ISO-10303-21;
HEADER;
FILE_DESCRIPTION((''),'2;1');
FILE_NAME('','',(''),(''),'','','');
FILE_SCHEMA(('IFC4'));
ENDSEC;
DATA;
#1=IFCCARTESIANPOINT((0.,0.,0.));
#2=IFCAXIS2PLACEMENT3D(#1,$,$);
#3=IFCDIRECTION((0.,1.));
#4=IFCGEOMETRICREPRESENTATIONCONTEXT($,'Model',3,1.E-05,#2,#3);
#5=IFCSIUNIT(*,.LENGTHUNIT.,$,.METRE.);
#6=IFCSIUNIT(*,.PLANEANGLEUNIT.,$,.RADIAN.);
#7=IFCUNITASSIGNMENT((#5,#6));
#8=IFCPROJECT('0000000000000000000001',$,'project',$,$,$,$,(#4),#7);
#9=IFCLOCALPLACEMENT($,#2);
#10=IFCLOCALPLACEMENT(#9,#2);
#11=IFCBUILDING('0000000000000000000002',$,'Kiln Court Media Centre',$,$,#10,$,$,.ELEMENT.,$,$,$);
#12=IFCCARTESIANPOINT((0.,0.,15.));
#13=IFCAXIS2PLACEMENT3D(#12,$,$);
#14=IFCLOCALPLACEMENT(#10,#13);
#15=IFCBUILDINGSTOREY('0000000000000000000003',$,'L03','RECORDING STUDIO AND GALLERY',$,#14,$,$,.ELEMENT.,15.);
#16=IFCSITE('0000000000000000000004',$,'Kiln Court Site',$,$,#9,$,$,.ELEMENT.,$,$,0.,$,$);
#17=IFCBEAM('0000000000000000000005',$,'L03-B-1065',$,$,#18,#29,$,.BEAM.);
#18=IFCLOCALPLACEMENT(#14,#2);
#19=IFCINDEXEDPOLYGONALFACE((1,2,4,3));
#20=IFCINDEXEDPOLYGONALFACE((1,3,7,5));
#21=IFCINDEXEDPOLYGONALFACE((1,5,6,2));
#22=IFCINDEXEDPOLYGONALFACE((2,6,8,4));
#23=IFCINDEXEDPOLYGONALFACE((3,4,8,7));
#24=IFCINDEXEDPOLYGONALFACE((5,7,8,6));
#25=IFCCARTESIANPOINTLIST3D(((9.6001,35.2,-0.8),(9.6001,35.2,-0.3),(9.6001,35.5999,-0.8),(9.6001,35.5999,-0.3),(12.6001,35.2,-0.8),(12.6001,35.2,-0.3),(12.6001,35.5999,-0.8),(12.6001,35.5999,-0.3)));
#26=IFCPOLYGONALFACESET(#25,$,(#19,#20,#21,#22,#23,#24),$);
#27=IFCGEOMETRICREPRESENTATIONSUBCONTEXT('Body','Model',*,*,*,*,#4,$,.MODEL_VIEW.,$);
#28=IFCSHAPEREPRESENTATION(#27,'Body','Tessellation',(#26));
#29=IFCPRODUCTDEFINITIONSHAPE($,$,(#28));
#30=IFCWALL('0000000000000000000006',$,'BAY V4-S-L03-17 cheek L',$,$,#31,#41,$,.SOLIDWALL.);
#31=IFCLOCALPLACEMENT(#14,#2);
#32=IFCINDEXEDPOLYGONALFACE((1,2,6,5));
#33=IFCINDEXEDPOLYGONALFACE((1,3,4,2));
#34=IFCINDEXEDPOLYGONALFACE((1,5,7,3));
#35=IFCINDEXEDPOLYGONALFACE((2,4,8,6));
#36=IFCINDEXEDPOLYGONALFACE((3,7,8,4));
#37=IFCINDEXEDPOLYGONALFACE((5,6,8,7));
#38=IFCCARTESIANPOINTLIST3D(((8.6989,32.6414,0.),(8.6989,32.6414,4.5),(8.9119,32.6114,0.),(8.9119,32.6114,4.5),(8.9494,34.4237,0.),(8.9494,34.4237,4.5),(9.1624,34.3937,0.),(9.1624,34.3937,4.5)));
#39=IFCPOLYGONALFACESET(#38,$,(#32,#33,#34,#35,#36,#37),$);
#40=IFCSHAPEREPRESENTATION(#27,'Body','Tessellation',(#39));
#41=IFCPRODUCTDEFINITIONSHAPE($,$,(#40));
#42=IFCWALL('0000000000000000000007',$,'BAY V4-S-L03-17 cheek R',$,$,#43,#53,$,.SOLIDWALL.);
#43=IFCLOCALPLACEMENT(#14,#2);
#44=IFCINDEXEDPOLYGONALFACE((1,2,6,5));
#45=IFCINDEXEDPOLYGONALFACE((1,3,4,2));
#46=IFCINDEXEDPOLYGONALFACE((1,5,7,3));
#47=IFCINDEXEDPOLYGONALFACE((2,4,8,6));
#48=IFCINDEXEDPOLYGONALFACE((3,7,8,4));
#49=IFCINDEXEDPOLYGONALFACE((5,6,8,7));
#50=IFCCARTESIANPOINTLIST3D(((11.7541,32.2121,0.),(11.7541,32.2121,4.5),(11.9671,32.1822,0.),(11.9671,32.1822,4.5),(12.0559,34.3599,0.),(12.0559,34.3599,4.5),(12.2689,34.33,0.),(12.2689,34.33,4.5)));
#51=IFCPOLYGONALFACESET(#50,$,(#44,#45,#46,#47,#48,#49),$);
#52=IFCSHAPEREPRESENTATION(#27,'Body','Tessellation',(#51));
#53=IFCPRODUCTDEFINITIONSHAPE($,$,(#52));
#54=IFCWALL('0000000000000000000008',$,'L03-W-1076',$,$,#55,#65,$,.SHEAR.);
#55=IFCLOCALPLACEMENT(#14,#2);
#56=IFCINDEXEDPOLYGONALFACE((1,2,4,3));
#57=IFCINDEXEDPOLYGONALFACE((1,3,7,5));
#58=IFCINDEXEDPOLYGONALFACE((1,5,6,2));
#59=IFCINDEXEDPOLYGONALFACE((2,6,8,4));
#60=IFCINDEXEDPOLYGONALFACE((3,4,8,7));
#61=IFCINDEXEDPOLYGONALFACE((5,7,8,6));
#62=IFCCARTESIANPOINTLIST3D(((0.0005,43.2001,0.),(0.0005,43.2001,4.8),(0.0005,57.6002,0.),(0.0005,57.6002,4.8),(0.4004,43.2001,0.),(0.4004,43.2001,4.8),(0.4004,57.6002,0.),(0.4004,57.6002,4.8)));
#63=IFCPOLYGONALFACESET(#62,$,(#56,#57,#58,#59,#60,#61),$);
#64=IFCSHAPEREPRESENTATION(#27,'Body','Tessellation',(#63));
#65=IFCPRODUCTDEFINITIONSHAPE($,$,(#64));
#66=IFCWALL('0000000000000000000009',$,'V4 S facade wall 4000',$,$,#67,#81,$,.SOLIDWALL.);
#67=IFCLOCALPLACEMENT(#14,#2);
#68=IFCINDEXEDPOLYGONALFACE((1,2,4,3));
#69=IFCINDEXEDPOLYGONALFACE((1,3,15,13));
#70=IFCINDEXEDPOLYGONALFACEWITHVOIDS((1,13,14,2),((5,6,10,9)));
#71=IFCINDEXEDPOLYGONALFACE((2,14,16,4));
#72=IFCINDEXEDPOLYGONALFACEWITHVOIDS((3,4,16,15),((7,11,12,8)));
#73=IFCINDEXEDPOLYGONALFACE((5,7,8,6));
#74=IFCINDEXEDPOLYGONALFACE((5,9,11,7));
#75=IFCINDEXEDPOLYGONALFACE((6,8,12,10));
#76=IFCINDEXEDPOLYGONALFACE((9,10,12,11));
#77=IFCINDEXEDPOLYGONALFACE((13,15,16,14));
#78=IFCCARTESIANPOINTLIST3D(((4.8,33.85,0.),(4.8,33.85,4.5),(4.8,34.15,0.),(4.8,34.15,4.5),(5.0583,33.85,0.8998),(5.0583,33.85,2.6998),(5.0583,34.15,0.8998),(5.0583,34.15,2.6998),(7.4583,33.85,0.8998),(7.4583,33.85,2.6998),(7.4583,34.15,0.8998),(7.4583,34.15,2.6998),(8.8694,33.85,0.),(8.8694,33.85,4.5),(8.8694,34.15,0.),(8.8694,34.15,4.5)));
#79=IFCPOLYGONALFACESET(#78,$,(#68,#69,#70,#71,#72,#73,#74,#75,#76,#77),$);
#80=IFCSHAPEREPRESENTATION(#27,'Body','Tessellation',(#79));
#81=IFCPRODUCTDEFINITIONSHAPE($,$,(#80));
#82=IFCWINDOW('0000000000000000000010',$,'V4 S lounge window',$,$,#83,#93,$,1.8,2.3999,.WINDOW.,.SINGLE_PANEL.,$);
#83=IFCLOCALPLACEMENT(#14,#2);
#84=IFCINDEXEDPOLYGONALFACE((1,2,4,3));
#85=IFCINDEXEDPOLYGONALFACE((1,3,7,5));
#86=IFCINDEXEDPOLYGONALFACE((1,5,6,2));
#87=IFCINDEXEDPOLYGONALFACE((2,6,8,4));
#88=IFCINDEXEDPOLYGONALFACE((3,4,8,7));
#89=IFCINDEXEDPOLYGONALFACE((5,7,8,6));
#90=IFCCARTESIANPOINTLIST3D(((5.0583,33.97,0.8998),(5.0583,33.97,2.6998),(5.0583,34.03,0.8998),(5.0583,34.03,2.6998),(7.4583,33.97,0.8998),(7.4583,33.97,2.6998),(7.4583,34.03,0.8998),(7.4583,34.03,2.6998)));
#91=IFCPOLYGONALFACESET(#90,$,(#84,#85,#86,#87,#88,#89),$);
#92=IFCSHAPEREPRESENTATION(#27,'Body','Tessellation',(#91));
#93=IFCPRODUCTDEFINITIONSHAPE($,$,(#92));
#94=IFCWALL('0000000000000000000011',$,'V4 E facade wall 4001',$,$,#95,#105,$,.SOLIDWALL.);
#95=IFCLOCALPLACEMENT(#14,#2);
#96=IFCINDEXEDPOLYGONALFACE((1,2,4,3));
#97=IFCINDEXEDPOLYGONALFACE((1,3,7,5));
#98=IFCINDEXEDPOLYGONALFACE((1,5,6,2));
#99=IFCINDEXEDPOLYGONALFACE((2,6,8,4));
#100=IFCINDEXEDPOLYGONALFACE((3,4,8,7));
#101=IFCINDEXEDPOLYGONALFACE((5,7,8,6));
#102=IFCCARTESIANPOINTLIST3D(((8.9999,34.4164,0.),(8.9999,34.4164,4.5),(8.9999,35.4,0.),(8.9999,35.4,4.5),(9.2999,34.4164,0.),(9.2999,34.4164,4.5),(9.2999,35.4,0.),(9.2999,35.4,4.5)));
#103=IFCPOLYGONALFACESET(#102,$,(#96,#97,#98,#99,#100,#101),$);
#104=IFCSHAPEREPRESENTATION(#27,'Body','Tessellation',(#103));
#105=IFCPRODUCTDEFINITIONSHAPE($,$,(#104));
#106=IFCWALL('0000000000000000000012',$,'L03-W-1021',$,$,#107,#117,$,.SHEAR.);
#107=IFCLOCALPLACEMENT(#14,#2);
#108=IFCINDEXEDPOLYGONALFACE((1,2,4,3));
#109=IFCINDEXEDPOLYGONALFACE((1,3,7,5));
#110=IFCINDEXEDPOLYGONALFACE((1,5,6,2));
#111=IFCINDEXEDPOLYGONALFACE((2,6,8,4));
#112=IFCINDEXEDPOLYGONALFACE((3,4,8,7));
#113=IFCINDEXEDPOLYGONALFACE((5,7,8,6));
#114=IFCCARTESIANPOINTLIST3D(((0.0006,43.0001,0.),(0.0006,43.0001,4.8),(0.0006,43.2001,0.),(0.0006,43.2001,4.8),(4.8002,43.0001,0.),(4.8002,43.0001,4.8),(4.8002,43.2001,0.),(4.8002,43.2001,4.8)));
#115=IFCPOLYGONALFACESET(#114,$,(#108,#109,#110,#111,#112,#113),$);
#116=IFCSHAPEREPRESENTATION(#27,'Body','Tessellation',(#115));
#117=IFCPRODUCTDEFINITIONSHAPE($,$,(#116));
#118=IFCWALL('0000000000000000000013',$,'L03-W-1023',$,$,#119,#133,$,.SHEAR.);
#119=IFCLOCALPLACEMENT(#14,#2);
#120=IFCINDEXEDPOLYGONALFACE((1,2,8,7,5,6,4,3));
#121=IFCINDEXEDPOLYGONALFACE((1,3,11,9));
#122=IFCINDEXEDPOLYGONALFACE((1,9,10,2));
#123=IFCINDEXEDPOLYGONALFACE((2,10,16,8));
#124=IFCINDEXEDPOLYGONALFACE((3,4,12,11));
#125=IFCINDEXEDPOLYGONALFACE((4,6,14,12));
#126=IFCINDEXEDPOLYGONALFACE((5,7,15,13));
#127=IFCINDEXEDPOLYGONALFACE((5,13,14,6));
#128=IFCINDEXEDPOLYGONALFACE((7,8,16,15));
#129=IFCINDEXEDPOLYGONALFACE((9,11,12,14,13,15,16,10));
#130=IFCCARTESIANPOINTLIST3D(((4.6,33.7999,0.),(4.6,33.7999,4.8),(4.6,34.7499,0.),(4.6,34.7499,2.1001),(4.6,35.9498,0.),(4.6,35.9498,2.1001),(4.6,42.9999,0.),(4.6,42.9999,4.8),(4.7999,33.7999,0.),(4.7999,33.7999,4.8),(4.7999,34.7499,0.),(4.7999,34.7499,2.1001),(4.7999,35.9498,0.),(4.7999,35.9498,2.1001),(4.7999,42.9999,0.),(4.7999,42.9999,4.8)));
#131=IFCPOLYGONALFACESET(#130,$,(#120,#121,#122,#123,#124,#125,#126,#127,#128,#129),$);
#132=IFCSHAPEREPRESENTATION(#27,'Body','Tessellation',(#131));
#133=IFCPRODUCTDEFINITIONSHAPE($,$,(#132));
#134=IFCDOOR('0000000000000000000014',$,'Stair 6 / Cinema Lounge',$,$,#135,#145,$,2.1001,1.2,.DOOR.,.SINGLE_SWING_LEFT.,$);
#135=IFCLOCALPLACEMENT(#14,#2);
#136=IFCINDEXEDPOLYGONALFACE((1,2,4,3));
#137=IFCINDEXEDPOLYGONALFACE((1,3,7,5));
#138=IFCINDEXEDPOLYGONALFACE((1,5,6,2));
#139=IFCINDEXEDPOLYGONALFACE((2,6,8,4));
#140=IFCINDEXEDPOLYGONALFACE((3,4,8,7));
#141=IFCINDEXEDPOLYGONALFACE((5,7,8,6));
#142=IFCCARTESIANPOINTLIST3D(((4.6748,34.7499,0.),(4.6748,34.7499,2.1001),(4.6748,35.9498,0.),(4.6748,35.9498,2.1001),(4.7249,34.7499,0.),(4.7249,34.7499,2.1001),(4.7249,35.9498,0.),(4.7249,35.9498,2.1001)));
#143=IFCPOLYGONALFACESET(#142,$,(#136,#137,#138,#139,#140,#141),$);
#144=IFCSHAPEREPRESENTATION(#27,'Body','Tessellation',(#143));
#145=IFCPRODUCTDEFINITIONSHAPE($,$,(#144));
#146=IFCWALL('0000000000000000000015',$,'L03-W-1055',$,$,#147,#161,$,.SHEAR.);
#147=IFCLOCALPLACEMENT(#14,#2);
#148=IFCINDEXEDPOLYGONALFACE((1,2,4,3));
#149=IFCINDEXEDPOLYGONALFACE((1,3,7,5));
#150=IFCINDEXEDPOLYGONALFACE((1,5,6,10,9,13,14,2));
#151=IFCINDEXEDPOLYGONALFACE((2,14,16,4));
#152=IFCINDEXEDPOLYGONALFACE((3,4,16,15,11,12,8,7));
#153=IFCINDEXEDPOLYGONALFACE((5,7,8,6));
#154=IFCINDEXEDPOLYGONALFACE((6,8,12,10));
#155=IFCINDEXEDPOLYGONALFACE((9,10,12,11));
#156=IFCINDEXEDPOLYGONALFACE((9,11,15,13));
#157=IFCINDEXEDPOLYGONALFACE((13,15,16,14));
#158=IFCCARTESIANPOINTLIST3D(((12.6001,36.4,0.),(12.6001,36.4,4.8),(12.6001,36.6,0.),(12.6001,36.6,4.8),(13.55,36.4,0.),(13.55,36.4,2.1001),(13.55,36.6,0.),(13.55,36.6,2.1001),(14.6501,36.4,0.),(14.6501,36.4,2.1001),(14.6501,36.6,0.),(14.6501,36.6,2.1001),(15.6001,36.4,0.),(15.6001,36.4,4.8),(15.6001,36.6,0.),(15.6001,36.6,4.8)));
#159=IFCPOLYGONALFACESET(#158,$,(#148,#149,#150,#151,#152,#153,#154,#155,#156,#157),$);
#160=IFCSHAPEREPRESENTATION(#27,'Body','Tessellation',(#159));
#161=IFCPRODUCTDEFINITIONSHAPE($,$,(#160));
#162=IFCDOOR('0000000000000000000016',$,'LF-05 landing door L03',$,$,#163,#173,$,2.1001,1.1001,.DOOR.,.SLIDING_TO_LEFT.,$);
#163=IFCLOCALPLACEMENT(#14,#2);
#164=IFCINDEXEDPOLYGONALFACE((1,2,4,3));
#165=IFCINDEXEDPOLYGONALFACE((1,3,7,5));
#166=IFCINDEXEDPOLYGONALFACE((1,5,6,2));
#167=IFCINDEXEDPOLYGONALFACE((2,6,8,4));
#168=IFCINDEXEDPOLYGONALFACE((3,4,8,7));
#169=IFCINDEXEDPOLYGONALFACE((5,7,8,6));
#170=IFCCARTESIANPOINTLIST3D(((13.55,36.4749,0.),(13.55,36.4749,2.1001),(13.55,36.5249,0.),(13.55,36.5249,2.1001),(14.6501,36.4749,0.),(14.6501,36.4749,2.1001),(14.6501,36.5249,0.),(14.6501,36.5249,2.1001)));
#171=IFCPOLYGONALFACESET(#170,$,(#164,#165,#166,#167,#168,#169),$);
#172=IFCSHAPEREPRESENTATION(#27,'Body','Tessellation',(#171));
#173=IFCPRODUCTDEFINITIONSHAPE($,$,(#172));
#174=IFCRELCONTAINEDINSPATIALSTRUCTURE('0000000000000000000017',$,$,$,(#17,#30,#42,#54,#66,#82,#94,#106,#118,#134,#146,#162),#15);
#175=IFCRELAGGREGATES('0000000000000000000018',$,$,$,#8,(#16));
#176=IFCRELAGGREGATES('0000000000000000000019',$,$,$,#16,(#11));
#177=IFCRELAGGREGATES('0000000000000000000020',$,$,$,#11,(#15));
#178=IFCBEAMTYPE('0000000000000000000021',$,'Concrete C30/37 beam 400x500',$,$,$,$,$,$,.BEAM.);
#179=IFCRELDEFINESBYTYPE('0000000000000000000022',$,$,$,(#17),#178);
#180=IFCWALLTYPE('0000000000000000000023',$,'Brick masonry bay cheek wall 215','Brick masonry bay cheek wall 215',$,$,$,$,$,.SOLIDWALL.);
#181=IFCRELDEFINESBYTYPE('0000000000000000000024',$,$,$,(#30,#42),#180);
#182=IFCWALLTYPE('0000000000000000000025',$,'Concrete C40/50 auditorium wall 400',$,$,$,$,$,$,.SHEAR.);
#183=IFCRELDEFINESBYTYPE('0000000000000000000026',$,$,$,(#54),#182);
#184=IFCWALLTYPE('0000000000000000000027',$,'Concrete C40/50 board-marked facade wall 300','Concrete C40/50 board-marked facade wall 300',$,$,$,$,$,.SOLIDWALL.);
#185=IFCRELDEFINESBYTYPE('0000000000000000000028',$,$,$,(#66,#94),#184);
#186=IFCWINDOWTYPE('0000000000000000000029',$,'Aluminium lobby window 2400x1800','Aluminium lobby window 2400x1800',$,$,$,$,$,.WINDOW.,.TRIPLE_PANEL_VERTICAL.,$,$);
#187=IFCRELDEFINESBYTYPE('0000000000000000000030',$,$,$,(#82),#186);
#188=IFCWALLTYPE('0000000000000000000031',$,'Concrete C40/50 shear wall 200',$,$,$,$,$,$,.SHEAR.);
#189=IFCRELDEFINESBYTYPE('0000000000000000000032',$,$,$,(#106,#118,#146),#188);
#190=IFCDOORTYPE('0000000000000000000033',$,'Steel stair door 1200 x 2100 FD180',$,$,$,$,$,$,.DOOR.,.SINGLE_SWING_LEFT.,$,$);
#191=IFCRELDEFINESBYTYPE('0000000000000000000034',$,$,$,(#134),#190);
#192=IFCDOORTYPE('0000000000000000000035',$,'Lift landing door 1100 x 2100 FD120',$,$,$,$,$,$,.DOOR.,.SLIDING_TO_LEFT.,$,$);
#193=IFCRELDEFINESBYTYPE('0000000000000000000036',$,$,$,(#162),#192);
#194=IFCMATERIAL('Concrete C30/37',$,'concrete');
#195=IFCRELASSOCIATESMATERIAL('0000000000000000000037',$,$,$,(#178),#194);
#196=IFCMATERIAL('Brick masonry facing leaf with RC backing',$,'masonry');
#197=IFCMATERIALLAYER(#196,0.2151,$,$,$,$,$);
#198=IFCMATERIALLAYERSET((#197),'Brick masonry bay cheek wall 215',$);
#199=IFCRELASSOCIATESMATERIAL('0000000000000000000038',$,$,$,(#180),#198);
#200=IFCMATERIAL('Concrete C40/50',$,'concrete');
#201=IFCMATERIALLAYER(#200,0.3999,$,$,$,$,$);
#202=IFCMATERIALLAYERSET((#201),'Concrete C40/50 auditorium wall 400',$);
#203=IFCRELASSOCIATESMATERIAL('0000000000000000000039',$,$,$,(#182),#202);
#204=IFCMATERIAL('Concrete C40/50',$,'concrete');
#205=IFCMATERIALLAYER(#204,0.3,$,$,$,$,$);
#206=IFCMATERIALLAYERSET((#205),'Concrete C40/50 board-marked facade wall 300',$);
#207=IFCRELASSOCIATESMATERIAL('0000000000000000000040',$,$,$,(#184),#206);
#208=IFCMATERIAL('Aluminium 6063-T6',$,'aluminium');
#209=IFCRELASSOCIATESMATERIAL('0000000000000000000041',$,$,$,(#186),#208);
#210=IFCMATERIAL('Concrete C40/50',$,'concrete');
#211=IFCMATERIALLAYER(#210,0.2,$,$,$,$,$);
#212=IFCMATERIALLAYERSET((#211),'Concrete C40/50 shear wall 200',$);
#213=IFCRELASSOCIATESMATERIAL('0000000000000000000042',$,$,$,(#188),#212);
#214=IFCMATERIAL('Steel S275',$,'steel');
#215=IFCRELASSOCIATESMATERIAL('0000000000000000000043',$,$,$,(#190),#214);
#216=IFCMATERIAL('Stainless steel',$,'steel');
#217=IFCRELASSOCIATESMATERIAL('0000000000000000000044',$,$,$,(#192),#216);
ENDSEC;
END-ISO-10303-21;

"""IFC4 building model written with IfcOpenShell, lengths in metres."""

from ifc_helpers import new_model, si_unit, direction, frame, frame_2d, origin, origin_2d, place, context, subcontext, project, spatial, rectangle, extrude, material, layer, layer_set, material_profile, profile_set, type_object, element, fill, save


model = new_model("IFC4")

# Units and contexts
model_context = context("Model", 3, precision=1e-05, world=origin(), true_north=direction((0.0, 1.0)))
body_context = subcontext(model_context, "Body", "Model", "MODEL_VIEW")
ifc_project = project(units=[si_unit("LENGTHUNIT", "METRE"), si_unit("PLANEANGLEUNIT", "RADIAN")], contexts=[model_context])

# Site, building, storey
site_placement = place(None, origin())
site = spatial("IfcSite", under=ifc_project, at=site_placement, Name="Kiln Court Site", CompositionType="ELEMENT", RefElevation=0.0)
building_placement = place(site_placement, origin())
building = spatial("IfcBuilding", under=site, at=building_placement, Name="Kiln Court Media Centre", CompositionType="ELEMENT")
storey_placement = place(building_placement, frame((0.0, 0.0, 15.0)))
storey = spatial("IfcBuildingStorey", under=building, at=storey_placement, Name="L03", Description="RECORDING STUDIO AND GALLERY", CompositionType="ELEMENT", Elevation=15.0)

# Beam
ifc_material_1 = material(Name="Concrete C30/37", Category="concrete")
ifc_material_profile = material_profile(ifc_material_1, rectangle(XDim=0.3999, YDim=0.5, at=origin_2d()), Name="RC 400x500")
ifc_profile_set = profile_set([ifc_material_profile], Name="Concrete C30/37")
beam_type = type_object("IfcBeamType", Name="Concrete C30/37 beam 400x500", PredefinedType="BEAM", material=ifc_profile_set)
beam_placement = place(storey_placement, frame((12.6001, 35.3999, -0.55), z_axis=(-1.0, 0.0, 0.0), x_axis=(0.0, -1.0, 0.0)))
element("IfcBeam", 1, at=beam_placement, inside=storey, type_object=beam_type, Name="L03-B-1065", PredefinedType="BEAM", context=body_context, shape_type="SweptSolid", body=[
    extrude(rectangle(XDim=0.3999, YDim=0.5, at=origin_2d()), origin(), (0.0, 0.0, 1.0), 3.0),
])

# Walls
ifc_material_2 = material(Name="Brick masonry facing leaf with RC backing", Category="masonry")
ifc_layer_1 = layer(ifc_material_2, 0.2151)
ifc_layer_set_1 = layer_set([ifc_layer_1], Name="Brick masonry bay cheek wall 215")
wall_type_1 = type_object("IfcWallType", Name="Brick masonry bay cheek wall 215", Description="Brick masonry bay cheek wall 215", PredefinedType="SOLIDWALL", material=ifc_layer_set_1)
wall_1_placement = place(storey_placement, frame((9.0559, 34.4087, 0.0), z_axis=(0.0, 0.0, 1.0), x_axis=(-0.13918, -0.990267, 0.0)))
element("IfcWall", 2, at=wall_1_placement, inside=storey, type_object=wall_type_1, Name="BAY V4-S-L03-17 cheek L", PredefinedType="SOLIDWALL", context=body_context, shape_type="SweptSolid", body=[
    extrude(rectangle(XDim=1.7998, YDim=0.2151, at=frame_2d((0.8999, 0.0))), origin(), (0.0, 0.0, 1.0), 4.5),
])
wall_2_placement = place(storey_placement, frame((12.1624, 34.345, 0.0), z_axis=(0.0, 0.0, 1.0), x_axis=(-0.13912, -0.990275, 0.0)))
element("IfcWall", 3, at=wall_2_placement, inside=storey, type_object=wall_type_1, Name="BAY V4-S-L03-17 cheek R", PredefinedType="SOLIDWALL", context=body_context, shape_type="SweptSolid", body=[
    extrude(rectangle(XDim=2.1689, YDim=0.2151, at=frame_2d((1.0845, 0.0))), origin(), (0.0, 0.0, 1.0), 4.5),
])
ifc_material_3 = material(Name="Concrete C40/50", Category="concrete")
ifc_layer_2 = layer(ifc_material_3, 0.3999)
ifc_layer_set_2 = layer_set([ifc_layer_2], Name="Concrete C40/50 auditorium wall 400")
wall_type_2 = type_object("IfcWallType", Name="Concrete C40/50 auditorium wall 400", PredefinedType="SHEAR", material=ifc_layer_set_2)
wall_3_placement = place(storey_placement, frame((0.2004, 43.2, 0.0), z_axis=(0.0, 0.0, 1.0), x_axis=(0.0, 1.0, 0.0)))
element("IfcWall", 4, at=wall_3_placement, inside=storey, type_object=wall_type_2, Name="L03-W-1076", PredefinedType="SHEAR", context=body_context, shape_type="SweptSolid", body=[
    extrude(rectangle(XDim=14.4001, YDim=0.3999, at=frame_2d((7.2002, 0.0))), origin(), (0.0, 0.0, 1.0), 4.8),
])

# Wall, opening, window
ifc_material_4 = material(Name="Concrete C40/50", Category="concrete")
ifc_layer_3 = layer(ifc_material_4, 0.3)
ifc_layer_set_3 = layer_set([ifc_layer_3], Name="Concrete C40/50 board-marked facade wall 300")
wall_type_3 = type_object("IfcWallType", Name="Concrete C40/50 board-marked facade wall 300", Description="Concrete C40/50 board-marked facade wall 300", PredefinedType="SOLIDWALL", material=ifc_layer_set_3)
wall_4_placement = place(storey_placement, frame((8.8694, 34.0, 0.0), z_axis=(0.0, 0.0, 1.0), x_axis=(-1.0, 0.0, 0.0)))
wall_4 = element("IfcWall", 5, at=wall_4_placement, inside=storey, type_object=wall_type_3, Name="V4 S facade wall 4000", PredefinedType="SOLIDWALL", context=body_context, shape_type="SweptSolid", body=[
    extrude(rectangle(XDim=4.0693, YDim=0.3, at=frame_2d((2.0347, 0.0))), origin(), (0.0, 0.0, 1.0), 4.5),
])
opening_1_placement = place(wall_4_placement, frame((1.4111, 0.0, 0.8999)))
opening_1 = element("IfcOpeningElement", 6, at=opening_1_placement, cuts=wall_4, PredefinedType="OPENING", context=body_context, shape_type="SweptSolid", body=[
    extrude(rectangle(XDim=2.3999, YDim=1.8, at=frame_2d((1.2, 0.8999))), frame((0.0, 0.1599, 0.0), z_axis=(0.0, -1.0, 0.0), x_axis=(1.0, 0.0, 0.0)), (0.0, 0.0, 1.0), 0.3201),
])
ifc_material_5 = material(Name="Aluminium 6063-T6", Category="aluminium")
window_type = type_object("IfcWindowType", Name="Aluminium lobby window 2400x1800", Description="Aluminium lobby window 2400x1800", PartitioningType="TRIPLE_PANEL_VERTICAL", PredefinedType="WINDOW", material=ifc_material_5)
window_placement = place(opening_1_placement, origin())
window = element("IfcWindow", 7, at=window_placement, inside=storey, type_object=window_type, Name="V4 S lounge window", OverallHeight=1.8, OverallWidth=2.3999, PartitioningType="SINGLE_PANEL", PredefinedType="WINDOW", context=body_context, shape_type="SweptSolid", body=[
    extrude(rectangle(XDim=2.3999, YDim=1.8, at=frame_2d((1.2, 0.8999))), frame((0.0, 0.03, 0.0), z_axis=(0.0, -1.0, 0.0), x_axis=(1.0, 0.0, 0.0)), (0.0, 0.0, 1.0), 0.0601),
])
fill(opening_1, window)

# Walls
wall_5_placement = place(storey_placement, frame((9.1499, 35.3999, 0.0), z_axis=(0.0, 0.0, 1.0), x_axis=(0.0, -1.0, 0.0)))
element("IfcWall", 8, at=wall_5_placement, inside=storey, type_object=wall_type_3, Name="V4 E facade wall 4001", PredefinedType="SOLIDWALL", context=body_context, shape_type="SweptSolid", body=[
    extrude(rectangle(XDim=0.9836, YDim=0.3, at=frame_2d((0.4917, 0.0))), origin(), (0.0, 0.0, 1.0), 4.5),
])
ifc_material_6 = material(Name="Concrete C40/50", Category="concrete")
ifc_layer_4 = layer(ifc_material_6, 0.2)
ifc_layer_set_4 = layer_set([ifc_layer_4], Name="Concrete C40/50 shear wall 200")
wall_type_4 = type_object("IfcWallType", Name="Concrete C40/50 shear wall 200", PredefinedType="SHEAR", material=ifc_layer_set_4)
wall_6_placement = place(storey_placement, frame((0.0005, 43.1001, 0.0), z_axis=(0.0, 0.0, 1.0), x_axis=(1.0, 0.0, 0.0)))
element("IfcWall", 9, at=wall_6_placement, inside=storey, type_object=wall_type_4, Name="L03-W-1021", PredefinedType="SHEAR", context=body_context, shape_type="SweptSolid", body=[
    extrude(rectangle(XDim=4.7996, YDim=0.2, at=frame_2d((2.3999, 0.0))), origin(), (0.0, 0.0, 1.0), 4.8),
])

# Walls, openings, doors
wall_7_placement = place(storey_placement, frame((4.7, 43.0, 0.0), z_axis=(0.0, 0.0, 1.0), x_axis=(0.0, -1.0, 0.0)))
wall_7 = element("IfcWall", 10, at=wall_7_placement, inside=storey, type_object=wall_type_4, Name="L03-W-1023", PredefinedType="SHEAR", context=body_context, shape_type="SweptSolid", body=[
    extrude(rectangle(XDim=9.2, YDim=0.2, at=frame_2d((4.6001, 0.0))), origin(), (0.0, 0.0, 1.0), 4.8),
])
opening_2_placement = place(wall_7_placement, frame((7.05, 0.0, 0.0)))
opening_2 = element("IfcOpeningElement", 11, at=opening_2_placement, cuts=wall_7, PredefinedType="OPENING", context=body_context, shape_type="SweptSolid", body=[
    extrude(rectangle(XDim=1.2, YDim=2.1001, at=frame_2d((0.6001, 1.05))), frame((0.0, 0.1099, 0.0), z_axis=(0.0, -1.0, 0.0), x_axis=(1.0, 0.0, 0.0)), (0.0, 0.0, 1.0), 0.22),
])
ifc_material_7 = material(Name="Steel S275", Category="steel")
door_type_1 = type_object("IfcDoorType", Name="Steel stair door 1200 x 2100 FD180", OperationType="SINGLE_SWING_LEFT", PredefinedType="DOOR", material=ifc_material_7)
door_1_placement = place(opening_2_placement, origin())
door_1 = element("IfcDoor", 12, at=door_1_placement, inside=storey, type_object=door_type_1, Name="Stair 6 / Cinema Lounge", OperationType="SINGLE_SWING_LEFT", OverallHeight=2.1001, OverallWidth=1.2, PredefinedType="DOOR", context=body_context, shape_type="SweptSolid", body=[
    extrude(rectangle(XDim=1.2, YDim=2.1001, at=frame_2d((0.6001, 1.05))), frame((0.0, 0.0249, 0.0), z_axis=(0.0, -1.0, 0.0), x_axis=(1.0, 0.0, 0.0)), (0.0, 0.0, 1.0), 0.05),
])
fill(opening_2, door_1)
wall_8_placement = place(storey_placement, frame((12.6001, 36.5, 0.0), z_axis=(0.0, 0.0, 1.0), x_axis=(1.0, 0.0, 0.0)))
wall_8 = element("IfcWall", 13, at=wall_8_placement, inside=storey, type_object=wall_type_4, Name="L03-W-1055", PredefinedType="SHEAR", context=body_context, shape_type="SweptSolid", body=[
    extrude(rectangle(XDim=3.0, YDim=0.2, at=frame_2d((1.5, 0.0))), origin(), (0.0, 0.0, 1.0), 4.8),
])
opening_3_placement = place(wall_8_placement, frame((0.95, 0.0, 0.0)))
opening_3 = element("IfcOpeningElement", 14, at=opening_3_placement, cuts=wall_8, PredefinedType="OPENING", context=body_context, shape_type="SweptSolid", body=[
    extrude(rectangle(XDim=1.1001, YDim=2.1001, at=frame_2d((0.55, 1.05))), frame((0.0, 0.1099, 0.0), z_axis=(0.0, -1.0, 0.0), x_axis=(1.0, 0.0, 0.0)), (0.0, 0.0, 1.0), 0.22),
])
ifc_material_8 = material(Name="Stainless steel", Category="steel")
door_type_2 = type_object("IfcDoorType", Name="Lift landing door 1100 x 2100 FD120", OperationType="SLIDING_TO_LEFT", PredefinedType="DOOR", material=ifc_material_8)
door_2_placement = place(opening_3_placement, origin())
door_2 = element("IfcDoor", 15, at=door_2_placement, inside=storey, type_object=door_type_2, Name="LF-05 landing door L03", OperationType="SLIDING_TO_LEFT", OverallHeight=2.1001, OverallWidth=1.1001, PredefinedType="DOOR", context=body_context, shape_type="SweptSolid", body=[
    extrude(rectangle(XDim=1.1001, YDim=2.1001, at=frame_2d((0.55, 1.05))), frame((0.0, 0.0249, 0.0), z_axis=(0.0, -1.0, 0.0), x_axis=(1.0, 0.0, 0.0)), (0.0, 0.0, 1.0), 0.05),
])
fill(opening_3, door_2)

save(model, "model.ifc")
